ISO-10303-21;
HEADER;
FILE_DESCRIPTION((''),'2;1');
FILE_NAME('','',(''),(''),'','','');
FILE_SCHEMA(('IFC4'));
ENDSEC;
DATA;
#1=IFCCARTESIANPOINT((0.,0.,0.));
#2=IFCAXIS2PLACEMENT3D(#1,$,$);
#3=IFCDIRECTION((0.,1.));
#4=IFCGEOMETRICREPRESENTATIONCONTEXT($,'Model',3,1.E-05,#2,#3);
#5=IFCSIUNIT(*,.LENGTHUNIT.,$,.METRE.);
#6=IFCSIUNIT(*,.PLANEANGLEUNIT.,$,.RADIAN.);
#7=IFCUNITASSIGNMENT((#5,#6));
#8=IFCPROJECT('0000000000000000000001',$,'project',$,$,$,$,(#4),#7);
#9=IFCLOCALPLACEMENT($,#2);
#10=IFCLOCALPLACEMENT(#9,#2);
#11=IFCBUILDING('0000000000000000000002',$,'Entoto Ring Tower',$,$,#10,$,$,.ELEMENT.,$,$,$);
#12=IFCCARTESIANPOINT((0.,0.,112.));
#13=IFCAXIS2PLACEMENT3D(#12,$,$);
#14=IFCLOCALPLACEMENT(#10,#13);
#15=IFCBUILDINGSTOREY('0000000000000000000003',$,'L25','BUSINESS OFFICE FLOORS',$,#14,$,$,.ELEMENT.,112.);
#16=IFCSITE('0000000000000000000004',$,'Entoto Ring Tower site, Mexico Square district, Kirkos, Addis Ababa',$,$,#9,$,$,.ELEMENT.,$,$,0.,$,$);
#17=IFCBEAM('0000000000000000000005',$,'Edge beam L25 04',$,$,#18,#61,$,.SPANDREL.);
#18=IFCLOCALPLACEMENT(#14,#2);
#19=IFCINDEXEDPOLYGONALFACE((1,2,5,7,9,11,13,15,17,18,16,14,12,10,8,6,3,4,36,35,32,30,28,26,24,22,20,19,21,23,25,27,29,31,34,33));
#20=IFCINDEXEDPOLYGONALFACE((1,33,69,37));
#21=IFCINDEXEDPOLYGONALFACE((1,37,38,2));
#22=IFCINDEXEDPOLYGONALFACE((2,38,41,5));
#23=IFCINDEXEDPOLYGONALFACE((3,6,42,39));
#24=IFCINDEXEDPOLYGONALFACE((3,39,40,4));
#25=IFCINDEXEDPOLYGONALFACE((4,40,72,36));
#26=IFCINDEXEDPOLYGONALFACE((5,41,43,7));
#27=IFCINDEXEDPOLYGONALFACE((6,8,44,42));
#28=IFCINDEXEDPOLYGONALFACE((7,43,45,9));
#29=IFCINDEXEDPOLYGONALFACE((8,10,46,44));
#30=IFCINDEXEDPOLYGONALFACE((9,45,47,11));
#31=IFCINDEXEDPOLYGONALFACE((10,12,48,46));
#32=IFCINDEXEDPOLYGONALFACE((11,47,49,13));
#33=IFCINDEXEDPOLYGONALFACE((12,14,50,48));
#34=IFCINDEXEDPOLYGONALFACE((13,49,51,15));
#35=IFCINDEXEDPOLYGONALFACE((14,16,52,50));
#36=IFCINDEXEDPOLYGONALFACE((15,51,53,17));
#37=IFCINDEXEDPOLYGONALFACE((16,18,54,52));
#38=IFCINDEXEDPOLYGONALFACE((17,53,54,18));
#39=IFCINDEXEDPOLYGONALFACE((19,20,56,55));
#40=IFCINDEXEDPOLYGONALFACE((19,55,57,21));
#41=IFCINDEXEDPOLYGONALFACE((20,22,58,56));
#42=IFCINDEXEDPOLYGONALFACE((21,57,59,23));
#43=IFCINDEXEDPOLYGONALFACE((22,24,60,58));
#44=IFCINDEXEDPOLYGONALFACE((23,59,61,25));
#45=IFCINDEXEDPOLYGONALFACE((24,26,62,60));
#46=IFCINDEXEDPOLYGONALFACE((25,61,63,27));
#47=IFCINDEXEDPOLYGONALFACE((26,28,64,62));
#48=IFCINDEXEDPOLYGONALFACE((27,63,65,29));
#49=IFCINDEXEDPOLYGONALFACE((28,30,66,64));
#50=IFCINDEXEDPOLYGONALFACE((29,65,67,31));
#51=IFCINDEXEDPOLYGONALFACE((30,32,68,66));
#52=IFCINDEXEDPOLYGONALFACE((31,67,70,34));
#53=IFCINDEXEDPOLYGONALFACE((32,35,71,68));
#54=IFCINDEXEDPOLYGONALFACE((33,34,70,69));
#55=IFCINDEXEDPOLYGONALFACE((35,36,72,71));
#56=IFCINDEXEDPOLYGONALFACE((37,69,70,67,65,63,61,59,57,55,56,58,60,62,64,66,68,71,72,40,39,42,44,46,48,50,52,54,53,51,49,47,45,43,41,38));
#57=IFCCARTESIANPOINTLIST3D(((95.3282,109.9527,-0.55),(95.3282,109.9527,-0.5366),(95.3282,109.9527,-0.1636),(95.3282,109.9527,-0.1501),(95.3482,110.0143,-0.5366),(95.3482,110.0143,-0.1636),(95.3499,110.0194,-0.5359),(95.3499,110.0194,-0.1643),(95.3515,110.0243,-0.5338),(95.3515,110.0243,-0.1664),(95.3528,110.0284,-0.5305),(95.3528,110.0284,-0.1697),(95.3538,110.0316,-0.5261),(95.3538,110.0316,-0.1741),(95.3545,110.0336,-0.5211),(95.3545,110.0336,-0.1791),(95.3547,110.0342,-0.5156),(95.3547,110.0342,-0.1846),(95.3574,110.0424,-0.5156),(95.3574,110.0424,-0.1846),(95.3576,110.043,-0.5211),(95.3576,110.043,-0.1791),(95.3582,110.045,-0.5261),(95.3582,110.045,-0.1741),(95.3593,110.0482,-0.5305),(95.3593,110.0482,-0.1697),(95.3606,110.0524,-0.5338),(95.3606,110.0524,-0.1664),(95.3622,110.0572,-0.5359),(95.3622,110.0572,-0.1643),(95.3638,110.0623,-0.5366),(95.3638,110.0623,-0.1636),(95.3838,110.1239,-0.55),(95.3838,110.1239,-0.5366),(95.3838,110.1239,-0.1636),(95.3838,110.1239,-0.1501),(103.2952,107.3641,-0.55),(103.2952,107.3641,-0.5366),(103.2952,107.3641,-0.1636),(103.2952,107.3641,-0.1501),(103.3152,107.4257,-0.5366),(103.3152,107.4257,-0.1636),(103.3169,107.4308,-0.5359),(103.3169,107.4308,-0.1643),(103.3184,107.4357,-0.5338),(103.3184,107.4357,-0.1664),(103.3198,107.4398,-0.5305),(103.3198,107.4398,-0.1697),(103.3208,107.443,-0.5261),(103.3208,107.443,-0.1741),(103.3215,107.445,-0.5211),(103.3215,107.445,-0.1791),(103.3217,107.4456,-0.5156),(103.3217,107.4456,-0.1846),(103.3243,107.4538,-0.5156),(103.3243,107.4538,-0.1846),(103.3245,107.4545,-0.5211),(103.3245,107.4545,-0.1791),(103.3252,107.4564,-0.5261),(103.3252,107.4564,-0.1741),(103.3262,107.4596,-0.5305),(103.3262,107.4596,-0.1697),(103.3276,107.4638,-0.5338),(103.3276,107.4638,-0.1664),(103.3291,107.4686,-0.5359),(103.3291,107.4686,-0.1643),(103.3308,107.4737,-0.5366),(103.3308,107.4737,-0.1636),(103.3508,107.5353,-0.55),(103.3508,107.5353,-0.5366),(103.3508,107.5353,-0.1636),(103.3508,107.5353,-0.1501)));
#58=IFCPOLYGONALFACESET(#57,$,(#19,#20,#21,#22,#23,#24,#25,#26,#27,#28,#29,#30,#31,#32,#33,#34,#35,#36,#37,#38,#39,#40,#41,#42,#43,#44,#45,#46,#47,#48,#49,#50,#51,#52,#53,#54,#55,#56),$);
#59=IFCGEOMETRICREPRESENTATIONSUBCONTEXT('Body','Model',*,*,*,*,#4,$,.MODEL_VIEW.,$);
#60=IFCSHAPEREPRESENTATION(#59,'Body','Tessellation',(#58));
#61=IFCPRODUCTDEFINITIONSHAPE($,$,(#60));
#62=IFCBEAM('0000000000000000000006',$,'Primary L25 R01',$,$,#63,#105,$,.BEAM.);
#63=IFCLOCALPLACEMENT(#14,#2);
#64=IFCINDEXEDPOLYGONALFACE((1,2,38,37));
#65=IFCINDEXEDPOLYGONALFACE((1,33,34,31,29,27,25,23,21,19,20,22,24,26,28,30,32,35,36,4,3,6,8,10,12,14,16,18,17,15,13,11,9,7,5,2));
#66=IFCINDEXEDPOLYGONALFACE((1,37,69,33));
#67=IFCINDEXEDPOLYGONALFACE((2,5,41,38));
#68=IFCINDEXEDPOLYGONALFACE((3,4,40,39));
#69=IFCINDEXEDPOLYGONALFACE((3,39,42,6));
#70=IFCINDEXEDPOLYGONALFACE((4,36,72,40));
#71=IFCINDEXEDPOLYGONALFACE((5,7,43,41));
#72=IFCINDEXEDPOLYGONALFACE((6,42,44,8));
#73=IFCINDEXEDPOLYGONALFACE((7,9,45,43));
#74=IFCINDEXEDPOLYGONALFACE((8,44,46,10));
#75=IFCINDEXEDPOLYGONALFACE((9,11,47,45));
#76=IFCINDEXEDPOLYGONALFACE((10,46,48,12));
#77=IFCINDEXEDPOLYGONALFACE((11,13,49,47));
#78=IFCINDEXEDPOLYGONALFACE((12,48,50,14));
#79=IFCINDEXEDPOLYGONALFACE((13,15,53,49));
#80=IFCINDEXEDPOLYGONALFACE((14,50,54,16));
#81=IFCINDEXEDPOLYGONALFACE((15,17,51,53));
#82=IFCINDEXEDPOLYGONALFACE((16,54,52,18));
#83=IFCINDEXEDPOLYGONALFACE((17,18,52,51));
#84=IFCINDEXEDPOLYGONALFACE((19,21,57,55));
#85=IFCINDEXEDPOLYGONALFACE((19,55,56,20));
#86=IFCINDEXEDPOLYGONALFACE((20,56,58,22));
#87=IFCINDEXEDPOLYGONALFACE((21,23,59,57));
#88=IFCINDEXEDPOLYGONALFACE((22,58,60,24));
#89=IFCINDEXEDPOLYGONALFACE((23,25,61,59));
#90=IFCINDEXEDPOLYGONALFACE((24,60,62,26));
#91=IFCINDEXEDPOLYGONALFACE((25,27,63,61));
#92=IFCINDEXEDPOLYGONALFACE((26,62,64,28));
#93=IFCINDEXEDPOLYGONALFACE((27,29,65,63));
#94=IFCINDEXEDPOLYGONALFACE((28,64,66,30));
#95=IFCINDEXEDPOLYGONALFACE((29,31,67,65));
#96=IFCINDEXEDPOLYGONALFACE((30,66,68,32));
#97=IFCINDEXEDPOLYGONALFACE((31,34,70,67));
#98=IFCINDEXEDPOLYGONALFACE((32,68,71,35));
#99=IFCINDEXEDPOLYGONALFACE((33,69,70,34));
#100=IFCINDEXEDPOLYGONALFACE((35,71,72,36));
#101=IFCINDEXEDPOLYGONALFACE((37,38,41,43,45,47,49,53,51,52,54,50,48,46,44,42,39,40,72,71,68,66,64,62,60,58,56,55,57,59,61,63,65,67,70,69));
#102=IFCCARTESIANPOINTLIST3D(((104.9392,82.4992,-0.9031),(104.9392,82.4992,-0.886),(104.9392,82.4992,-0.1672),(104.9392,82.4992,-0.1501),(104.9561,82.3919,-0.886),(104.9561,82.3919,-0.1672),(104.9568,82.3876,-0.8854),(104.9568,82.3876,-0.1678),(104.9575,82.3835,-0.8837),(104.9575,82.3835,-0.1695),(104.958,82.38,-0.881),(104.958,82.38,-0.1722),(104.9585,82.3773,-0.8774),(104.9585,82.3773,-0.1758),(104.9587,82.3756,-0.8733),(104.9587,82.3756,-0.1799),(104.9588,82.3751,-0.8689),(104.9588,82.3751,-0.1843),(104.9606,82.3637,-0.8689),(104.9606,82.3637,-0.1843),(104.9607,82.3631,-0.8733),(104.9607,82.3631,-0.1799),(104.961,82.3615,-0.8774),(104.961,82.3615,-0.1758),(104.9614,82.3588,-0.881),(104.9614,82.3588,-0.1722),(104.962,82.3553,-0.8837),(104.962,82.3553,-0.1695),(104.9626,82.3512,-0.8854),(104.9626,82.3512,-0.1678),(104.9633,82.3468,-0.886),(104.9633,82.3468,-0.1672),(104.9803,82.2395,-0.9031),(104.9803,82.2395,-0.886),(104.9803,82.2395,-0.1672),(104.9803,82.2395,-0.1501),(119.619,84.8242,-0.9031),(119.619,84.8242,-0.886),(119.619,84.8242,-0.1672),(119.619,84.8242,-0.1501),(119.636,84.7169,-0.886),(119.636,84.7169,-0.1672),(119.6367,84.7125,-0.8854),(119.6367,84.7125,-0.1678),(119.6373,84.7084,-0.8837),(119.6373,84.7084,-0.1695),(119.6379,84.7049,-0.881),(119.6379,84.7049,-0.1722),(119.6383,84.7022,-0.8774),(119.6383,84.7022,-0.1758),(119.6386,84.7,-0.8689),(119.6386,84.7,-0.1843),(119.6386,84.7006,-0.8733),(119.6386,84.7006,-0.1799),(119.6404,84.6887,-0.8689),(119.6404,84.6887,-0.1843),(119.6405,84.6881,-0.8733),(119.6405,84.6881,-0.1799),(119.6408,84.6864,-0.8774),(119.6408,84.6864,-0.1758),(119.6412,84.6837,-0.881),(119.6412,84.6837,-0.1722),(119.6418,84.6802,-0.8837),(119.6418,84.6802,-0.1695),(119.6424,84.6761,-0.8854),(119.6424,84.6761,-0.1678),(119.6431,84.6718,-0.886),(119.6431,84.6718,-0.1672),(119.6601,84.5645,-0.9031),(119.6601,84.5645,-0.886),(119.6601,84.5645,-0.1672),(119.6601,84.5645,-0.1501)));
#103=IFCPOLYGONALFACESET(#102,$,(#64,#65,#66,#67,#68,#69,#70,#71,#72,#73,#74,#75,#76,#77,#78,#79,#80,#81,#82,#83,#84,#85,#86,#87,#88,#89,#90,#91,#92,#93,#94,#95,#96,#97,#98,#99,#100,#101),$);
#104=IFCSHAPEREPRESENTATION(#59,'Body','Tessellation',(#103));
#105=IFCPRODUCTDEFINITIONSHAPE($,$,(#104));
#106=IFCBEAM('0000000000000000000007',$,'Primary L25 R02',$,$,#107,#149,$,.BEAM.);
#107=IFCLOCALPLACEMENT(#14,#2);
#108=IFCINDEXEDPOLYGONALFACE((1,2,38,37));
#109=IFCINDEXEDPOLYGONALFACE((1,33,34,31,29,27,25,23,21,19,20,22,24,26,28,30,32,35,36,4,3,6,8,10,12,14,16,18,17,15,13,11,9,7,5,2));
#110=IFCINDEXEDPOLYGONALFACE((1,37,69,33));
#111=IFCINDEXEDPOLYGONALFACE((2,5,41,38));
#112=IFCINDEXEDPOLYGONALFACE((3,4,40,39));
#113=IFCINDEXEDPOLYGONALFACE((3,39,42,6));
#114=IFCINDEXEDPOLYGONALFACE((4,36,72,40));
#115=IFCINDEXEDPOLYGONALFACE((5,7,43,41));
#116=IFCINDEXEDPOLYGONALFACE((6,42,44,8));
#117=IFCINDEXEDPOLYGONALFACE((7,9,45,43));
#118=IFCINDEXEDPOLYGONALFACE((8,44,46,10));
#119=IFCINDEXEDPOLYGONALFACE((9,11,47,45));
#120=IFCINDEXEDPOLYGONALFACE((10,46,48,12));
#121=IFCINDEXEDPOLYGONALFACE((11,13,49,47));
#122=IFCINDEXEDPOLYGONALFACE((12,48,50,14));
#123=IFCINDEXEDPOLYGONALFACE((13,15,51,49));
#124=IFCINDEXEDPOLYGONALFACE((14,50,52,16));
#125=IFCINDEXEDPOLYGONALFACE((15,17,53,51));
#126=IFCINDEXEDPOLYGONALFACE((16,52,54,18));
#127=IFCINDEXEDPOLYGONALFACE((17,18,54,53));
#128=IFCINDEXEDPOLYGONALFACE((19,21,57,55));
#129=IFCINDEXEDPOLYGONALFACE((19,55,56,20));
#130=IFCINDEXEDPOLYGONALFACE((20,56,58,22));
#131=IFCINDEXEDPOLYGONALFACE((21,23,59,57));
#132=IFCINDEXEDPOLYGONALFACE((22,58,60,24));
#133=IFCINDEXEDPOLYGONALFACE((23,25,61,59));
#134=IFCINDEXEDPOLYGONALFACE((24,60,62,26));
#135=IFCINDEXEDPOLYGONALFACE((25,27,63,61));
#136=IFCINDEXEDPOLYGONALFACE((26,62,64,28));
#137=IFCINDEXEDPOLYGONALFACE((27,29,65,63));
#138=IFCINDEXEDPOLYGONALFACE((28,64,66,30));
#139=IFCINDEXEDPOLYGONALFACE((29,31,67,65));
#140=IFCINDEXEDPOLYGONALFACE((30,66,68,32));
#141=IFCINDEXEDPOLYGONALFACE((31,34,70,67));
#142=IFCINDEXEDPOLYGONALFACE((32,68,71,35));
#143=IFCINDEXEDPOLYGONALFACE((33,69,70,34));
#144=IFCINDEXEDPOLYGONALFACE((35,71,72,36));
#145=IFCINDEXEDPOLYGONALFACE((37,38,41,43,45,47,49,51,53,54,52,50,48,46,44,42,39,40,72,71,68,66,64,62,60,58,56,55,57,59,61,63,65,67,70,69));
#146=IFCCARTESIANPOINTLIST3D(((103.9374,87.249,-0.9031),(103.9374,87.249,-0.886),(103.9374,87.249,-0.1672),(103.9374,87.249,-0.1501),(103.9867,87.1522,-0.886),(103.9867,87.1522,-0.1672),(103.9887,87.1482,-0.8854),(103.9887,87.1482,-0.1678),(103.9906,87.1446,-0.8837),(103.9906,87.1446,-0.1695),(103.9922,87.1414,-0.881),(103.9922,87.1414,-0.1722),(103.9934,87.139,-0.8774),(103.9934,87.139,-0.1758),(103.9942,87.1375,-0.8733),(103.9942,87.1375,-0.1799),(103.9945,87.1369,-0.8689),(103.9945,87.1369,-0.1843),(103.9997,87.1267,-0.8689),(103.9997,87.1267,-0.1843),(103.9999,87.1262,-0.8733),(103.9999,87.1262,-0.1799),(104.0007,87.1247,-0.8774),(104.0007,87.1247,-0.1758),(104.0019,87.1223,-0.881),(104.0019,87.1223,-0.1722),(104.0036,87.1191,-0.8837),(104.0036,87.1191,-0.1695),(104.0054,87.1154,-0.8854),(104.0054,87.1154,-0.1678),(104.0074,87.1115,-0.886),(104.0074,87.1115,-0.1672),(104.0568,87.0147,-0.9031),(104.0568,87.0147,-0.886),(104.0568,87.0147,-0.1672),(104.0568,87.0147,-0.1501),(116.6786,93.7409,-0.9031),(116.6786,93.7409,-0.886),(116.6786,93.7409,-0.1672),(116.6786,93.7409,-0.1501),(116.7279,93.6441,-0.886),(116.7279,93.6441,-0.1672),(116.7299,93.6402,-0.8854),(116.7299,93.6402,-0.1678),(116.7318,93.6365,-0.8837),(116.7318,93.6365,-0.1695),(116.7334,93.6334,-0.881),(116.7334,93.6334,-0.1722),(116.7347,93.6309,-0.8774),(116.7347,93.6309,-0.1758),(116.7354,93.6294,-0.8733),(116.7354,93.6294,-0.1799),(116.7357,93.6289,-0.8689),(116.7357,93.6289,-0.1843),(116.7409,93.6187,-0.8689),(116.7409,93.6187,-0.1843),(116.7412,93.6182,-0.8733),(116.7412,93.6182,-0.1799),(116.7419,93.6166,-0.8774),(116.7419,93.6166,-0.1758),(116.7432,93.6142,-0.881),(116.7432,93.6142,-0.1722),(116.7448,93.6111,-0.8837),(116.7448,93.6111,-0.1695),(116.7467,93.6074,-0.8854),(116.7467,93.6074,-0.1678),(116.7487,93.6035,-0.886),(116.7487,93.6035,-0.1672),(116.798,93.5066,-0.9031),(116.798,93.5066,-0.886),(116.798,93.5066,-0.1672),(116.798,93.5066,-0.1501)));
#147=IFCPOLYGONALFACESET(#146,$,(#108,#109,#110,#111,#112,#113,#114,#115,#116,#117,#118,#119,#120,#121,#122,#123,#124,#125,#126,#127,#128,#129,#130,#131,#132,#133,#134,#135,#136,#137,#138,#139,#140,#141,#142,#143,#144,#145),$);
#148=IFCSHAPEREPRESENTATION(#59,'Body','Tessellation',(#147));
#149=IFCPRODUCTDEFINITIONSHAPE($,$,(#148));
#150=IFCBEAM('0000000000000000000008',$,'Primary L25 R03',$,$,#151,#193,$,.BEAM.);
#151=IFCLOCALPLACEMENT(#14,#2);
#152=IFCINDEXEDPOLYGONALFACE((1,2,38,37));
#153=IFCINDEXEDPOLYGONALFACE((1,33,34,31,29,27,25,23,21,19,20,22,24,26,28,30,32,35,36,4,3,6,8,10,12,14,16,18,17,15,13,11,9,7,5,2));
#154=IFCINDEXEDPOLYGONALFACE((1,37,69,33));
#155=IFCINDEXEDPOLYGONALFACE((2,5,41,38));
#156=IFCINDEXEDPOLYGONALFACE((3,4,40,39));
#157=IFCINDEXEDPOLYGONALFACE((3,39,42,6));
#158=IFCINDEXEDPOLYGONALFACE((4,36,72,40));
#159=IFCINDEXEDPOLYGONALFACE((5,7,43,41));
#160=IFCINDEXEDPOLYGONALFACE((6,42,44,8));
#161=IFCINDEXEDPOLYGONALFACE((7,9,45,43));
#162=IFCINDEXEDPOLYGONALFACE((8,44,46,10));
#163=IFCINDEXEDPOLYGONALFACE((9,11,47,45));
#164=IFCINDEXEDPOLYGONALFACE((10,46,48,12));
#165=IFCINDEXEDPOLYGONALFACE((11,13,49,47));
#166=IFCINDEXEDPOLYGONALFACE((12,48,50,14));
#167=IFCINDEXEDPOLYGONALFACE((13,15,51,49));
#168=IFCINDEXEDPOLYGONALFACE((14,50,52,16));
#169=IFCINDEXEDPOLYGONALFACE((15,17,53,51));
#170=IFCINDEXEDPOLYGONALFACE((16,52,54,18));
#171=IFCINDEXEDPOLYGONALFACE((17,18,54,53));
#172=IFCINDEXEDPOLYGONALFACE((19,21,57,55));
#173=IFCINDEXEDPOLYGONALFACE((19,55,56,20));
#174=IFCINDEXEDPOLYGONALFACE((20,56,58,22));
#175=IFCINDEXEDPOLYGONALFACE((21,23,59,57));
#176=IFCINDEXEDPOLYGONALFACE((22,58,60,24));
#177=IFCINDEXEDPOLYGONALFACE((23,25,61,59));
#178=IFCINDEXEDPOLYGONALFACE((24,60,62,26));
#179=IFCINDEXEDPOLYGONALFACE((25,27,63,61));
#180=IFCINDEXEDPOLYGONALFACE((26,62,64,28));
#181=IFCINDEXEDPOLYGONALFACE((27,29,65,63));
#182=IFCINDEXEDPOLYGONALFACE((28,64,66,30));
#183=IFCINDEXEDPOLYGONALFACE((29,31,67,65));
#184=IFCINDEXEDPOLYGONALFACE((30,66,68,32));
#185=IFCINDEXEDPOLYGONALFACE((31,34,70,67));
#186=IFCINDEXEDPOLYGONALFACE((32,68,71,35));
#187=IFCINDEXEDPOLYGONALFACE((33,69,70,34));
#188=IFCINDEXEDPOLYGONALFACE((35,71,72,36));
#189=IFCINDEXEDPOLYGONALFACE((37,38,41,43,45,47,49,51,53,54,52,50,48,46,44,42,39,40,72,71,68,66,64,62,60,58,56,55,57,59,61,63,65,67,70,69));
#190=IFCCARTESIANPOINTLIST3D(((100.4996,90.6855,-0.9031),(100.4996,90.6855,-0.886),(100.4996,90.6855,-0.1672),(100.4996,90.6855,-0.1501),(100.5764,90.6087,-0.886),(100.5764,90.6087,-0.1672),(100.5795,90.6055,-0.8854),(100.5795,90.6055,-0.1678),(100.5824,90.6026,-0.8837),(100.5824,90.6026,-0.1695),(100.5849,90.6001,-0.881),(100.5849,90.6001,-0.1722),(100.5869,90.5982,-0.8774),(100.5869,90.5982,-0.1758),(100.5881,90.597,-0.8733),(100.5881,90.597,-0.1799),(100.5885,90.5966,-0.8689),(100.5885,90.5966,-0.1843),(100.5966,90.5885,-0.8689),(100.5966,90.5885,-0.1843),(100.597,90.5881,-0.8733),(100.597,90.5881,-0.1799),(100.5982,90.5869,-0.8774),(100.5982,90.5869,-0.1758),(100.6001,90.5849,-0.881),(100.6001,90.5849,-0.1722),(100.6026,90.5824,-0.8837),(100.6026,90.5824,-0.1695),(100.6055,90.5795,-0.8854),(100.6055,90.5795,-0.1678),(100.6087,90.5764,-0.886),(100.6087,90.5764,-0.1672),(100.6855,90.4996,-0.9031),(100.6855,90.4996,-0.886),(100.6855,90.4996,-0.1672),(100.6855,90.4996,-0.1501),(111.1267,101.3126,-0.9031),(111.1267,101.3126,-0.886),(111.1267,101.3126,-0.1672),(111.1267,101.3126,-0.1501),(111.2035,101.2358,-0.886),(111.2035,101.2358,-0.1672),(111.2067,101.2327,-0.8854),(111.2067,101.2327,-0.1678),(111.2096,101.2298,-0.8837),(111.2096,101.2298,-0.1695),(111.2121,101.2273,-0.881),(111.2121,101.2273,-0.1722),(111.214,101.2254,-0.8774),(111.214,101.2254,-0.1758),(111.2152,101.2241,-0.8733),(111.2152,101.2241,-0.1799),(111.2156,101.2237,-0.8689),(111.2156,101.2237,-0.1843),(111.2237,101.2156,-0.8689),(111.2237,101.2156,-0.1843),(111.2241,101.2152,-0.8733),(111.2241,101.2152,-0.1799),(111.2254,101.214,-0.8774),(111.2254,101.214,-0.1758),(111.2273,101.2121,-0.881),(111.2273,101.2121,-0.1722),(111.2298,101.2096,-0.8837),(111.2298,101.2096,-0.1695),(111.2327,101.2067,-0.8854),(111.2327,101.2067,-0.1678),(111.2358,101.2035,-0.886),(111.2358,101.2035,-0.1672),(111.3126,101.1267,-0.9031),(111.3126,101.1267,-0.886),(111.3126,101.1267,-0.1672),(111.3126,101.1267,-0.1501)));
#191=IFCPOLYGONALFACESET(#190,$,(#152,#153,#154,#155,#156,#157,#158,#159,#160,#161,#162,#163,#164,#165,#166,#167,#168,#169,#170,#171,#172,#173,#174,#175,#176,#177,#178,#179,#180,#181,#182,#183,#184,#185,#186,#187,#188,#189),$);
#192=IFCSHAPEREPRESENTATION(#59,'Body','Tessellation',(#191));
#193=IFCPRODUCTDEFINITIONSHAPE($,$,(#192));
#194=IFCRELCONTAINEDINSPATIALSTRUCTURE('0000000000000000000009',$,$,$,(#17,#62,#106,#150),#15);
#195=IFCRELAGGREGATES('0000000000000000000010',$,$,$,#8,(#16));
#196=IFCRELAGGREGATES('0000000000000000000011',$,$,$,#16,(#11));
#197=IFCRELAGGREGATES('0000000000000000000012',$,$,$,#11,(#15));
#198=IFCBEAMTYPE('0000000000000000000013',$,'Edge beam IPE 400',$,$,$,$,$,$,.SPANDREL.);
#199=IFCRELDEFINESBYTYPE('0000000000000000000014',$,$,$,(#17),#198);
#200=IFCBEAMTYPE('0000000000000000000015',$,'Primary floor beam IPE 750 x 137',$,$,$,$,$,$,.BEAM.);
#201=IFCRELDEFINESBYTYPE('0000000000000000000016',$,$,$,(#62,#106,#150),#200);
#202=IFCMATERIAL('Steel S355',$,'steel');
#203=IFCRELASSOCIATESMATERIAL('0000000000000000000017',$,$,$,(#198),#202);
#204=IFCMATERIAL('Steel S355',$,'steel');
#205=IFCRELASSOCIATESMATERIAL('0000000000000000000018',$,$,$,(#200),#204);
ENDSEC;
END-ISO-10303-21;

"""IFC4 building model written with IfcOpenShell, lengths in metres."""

from ifc_helpers import new_model, si_unit, direction, frame, origin, origin_2d, place, context, subcontext, project, spatial, i_section, extrude, material, material_profile, profile_set, type_object, element, save


model = new_model("IFC4")

# Units and contexts
model_context = context("Model", 3, precision=1e-05, world=origin(), true_north=direction((0.0, 1.0)))
body_context = subcontext(model_context, "Body", "Model", "MODEL_VIEW")
ifc_project = project(units=[si_unit("LENGTHUNIT", "METRE"), si_unit("PLANEANGLEUNIT", "RADIAN")], contexts=[model_context])

# Site, building, storey
site_placement = place(None, origin())
site = spatial("IfcSite", under=ifc_project, at=site_placement, Name="Entoto Ring Tower site, Mexico Square district, Kirkos, Addis Ababa", CompositionType="ELEMENT", RefElevation=0.0)
building_placement = place(site_placement, origin())
building = spatial("IfcBuilding", under=site, at=building_placement, Name="Entoto Ring Tower", CompositionType="ELEMENT")
storey_placement = place(building_placement, frame((0.0, 0.0, 112.0)))
storey = spatial("IfcBuildingStorey", under=building, at=storey_placement, Name="L25", Description="BUSINESS OFFICE FLOORS", CompositionType="ELEMENT", Elevation=112.0)

# Beams
ifc_material_1 = material(Name="Steel S355", Category="steel")
ifc_material_profile_1 = material_profile(ifc_material_1, i_section(OverallWidth=0.1799, OverallDepth=0.3999, WebThickness=0.0085, FlangeThickness=0.0134, FilletRadius=0.021, at=origin_2d()), Name="IPE 400")
ifc_profile_set_1 = profile_set([ifc_material_profile_1], Name="Steel S355")
beam_type_1 = type_object("IfcBeamType", Name="Edge beam IPE 400", PredefinedType="SPANDREL", material=ifc_profile_set_1)
for number, where, z_axis, x_axis, name in (
    (1, (103.323, 107.4497, -0.3501), (-0.951057, 0.309014, 0.0), (-0.309014, -0.951057, 0.0), "Edge beam L25 04"),
):
    element("IfcBeam", number, at=place(storey_placement, frame(where, z_axis=z_axis, x_axis=x_axis)), inside=storey, type_object=beam_type_1, Name=name, PredefinedType="SPANDREL", context=body_context, shape_type="SweptSolid", body=[
        extrude(i_section(OverallWidth=0.1799, OverallDepth=0.3999, WebThickness=0.0085, FlangeThickness=0.0134, FilletRadius=0.021, at=origin_2d()), origin(), (0.0, 0.0, 1.0), 8.377),
    ])
ifc_material_2 = material(Name="Steel S355", Category="steel")
ifc_material_profile_2 = material_profile(ifc_material_2, i_section(OverallWidth=0.2629, OverallDepth=0.7529, WebThickness=0.0115, FlangeThickness=0.0171, FilletRadius=0.0171, at=origin_2d()), Name="IPE 750 x 137")
ifc_profile_set_2 = profile_set([ifc_material_profile_2], Name="Steel S355")
beam_type_2 = type_object("IfcBeamType", Name="Primary floor beam IPE 750 x 137", PredefinedType="BEAM", material=ifc_profile_set_2)
beam_1_placement = place(storey_placement, frame((104.9597, 82.3694, -0.5266), z_axis=(0.98769, 0.156426, 0.0), x_axis=(-0.156426, 0.98769, 0.0)))
element("IfcBeam", 2, at=beam_1_placement, inside=storey, type_object=beam_type_2, Name="Primary L25 R01", PredefinedType="BEAM", context=body_context, shape_type="SweptSolid", body=[
    extrude(i_section(OverallWidth=0.2629, OverallDepth=0.7529, WebThickness=0.0115, FlangeThickness=0.0171, FilletRadius=0.0171, at=origin_2d()), origin(), (0.0, 0.0, 1.0), 14.8628),
])
beam_2_placement = place(storey_placement, frame((103.9971, 87.1318, -0.5266), z_axis=(0.891007, 0.453989, 0.0), x_axis=(-0.453989, 0.891007, 0.0)))
element("IfcBeam", 3, at=beam_2_placement, inside=storey, type_object=beam_type_2, Name="Primary L25 R02", PredefinedType="BEAM", context=body_context, shape_type="SweptSolid", body=[
    extrude(i_section(OverallWidth=0.2629, OverallDepth=0.7529, WebThickness=0.0115, FlangeThickness=0.0171, FilletRadius=0.0171, at=origin_2d()), origin(), (0.0, 0.0, 1.0), 14.2998),
])
beam_3_placement = place(storey_placement, frame((100.5925, 90.5925, -0.5266), z_axis=(0.707107, 0.707107, 0.0), x_axis=(-0.707107, 0.707107, 0.0)))
element("IfcBeam", 4, at=beam_3_placement, inside=storey, type_object=beam_type_2, Name="Primary L25 R03", PredefinedType="BEAM", context=body_context, shape_type="SweptSolid", body=[
    extrude(i_section(OverallWidth=0.2629, OverallDepth=0.7529, WebThickness=0.0115, FlangeThickness=0.0171, FilletRadius=0.0171, at=origin_2d()), origin(), (0.0, 0.0, 1.0), 15.0291),
])

save(model, "model.ifc")
